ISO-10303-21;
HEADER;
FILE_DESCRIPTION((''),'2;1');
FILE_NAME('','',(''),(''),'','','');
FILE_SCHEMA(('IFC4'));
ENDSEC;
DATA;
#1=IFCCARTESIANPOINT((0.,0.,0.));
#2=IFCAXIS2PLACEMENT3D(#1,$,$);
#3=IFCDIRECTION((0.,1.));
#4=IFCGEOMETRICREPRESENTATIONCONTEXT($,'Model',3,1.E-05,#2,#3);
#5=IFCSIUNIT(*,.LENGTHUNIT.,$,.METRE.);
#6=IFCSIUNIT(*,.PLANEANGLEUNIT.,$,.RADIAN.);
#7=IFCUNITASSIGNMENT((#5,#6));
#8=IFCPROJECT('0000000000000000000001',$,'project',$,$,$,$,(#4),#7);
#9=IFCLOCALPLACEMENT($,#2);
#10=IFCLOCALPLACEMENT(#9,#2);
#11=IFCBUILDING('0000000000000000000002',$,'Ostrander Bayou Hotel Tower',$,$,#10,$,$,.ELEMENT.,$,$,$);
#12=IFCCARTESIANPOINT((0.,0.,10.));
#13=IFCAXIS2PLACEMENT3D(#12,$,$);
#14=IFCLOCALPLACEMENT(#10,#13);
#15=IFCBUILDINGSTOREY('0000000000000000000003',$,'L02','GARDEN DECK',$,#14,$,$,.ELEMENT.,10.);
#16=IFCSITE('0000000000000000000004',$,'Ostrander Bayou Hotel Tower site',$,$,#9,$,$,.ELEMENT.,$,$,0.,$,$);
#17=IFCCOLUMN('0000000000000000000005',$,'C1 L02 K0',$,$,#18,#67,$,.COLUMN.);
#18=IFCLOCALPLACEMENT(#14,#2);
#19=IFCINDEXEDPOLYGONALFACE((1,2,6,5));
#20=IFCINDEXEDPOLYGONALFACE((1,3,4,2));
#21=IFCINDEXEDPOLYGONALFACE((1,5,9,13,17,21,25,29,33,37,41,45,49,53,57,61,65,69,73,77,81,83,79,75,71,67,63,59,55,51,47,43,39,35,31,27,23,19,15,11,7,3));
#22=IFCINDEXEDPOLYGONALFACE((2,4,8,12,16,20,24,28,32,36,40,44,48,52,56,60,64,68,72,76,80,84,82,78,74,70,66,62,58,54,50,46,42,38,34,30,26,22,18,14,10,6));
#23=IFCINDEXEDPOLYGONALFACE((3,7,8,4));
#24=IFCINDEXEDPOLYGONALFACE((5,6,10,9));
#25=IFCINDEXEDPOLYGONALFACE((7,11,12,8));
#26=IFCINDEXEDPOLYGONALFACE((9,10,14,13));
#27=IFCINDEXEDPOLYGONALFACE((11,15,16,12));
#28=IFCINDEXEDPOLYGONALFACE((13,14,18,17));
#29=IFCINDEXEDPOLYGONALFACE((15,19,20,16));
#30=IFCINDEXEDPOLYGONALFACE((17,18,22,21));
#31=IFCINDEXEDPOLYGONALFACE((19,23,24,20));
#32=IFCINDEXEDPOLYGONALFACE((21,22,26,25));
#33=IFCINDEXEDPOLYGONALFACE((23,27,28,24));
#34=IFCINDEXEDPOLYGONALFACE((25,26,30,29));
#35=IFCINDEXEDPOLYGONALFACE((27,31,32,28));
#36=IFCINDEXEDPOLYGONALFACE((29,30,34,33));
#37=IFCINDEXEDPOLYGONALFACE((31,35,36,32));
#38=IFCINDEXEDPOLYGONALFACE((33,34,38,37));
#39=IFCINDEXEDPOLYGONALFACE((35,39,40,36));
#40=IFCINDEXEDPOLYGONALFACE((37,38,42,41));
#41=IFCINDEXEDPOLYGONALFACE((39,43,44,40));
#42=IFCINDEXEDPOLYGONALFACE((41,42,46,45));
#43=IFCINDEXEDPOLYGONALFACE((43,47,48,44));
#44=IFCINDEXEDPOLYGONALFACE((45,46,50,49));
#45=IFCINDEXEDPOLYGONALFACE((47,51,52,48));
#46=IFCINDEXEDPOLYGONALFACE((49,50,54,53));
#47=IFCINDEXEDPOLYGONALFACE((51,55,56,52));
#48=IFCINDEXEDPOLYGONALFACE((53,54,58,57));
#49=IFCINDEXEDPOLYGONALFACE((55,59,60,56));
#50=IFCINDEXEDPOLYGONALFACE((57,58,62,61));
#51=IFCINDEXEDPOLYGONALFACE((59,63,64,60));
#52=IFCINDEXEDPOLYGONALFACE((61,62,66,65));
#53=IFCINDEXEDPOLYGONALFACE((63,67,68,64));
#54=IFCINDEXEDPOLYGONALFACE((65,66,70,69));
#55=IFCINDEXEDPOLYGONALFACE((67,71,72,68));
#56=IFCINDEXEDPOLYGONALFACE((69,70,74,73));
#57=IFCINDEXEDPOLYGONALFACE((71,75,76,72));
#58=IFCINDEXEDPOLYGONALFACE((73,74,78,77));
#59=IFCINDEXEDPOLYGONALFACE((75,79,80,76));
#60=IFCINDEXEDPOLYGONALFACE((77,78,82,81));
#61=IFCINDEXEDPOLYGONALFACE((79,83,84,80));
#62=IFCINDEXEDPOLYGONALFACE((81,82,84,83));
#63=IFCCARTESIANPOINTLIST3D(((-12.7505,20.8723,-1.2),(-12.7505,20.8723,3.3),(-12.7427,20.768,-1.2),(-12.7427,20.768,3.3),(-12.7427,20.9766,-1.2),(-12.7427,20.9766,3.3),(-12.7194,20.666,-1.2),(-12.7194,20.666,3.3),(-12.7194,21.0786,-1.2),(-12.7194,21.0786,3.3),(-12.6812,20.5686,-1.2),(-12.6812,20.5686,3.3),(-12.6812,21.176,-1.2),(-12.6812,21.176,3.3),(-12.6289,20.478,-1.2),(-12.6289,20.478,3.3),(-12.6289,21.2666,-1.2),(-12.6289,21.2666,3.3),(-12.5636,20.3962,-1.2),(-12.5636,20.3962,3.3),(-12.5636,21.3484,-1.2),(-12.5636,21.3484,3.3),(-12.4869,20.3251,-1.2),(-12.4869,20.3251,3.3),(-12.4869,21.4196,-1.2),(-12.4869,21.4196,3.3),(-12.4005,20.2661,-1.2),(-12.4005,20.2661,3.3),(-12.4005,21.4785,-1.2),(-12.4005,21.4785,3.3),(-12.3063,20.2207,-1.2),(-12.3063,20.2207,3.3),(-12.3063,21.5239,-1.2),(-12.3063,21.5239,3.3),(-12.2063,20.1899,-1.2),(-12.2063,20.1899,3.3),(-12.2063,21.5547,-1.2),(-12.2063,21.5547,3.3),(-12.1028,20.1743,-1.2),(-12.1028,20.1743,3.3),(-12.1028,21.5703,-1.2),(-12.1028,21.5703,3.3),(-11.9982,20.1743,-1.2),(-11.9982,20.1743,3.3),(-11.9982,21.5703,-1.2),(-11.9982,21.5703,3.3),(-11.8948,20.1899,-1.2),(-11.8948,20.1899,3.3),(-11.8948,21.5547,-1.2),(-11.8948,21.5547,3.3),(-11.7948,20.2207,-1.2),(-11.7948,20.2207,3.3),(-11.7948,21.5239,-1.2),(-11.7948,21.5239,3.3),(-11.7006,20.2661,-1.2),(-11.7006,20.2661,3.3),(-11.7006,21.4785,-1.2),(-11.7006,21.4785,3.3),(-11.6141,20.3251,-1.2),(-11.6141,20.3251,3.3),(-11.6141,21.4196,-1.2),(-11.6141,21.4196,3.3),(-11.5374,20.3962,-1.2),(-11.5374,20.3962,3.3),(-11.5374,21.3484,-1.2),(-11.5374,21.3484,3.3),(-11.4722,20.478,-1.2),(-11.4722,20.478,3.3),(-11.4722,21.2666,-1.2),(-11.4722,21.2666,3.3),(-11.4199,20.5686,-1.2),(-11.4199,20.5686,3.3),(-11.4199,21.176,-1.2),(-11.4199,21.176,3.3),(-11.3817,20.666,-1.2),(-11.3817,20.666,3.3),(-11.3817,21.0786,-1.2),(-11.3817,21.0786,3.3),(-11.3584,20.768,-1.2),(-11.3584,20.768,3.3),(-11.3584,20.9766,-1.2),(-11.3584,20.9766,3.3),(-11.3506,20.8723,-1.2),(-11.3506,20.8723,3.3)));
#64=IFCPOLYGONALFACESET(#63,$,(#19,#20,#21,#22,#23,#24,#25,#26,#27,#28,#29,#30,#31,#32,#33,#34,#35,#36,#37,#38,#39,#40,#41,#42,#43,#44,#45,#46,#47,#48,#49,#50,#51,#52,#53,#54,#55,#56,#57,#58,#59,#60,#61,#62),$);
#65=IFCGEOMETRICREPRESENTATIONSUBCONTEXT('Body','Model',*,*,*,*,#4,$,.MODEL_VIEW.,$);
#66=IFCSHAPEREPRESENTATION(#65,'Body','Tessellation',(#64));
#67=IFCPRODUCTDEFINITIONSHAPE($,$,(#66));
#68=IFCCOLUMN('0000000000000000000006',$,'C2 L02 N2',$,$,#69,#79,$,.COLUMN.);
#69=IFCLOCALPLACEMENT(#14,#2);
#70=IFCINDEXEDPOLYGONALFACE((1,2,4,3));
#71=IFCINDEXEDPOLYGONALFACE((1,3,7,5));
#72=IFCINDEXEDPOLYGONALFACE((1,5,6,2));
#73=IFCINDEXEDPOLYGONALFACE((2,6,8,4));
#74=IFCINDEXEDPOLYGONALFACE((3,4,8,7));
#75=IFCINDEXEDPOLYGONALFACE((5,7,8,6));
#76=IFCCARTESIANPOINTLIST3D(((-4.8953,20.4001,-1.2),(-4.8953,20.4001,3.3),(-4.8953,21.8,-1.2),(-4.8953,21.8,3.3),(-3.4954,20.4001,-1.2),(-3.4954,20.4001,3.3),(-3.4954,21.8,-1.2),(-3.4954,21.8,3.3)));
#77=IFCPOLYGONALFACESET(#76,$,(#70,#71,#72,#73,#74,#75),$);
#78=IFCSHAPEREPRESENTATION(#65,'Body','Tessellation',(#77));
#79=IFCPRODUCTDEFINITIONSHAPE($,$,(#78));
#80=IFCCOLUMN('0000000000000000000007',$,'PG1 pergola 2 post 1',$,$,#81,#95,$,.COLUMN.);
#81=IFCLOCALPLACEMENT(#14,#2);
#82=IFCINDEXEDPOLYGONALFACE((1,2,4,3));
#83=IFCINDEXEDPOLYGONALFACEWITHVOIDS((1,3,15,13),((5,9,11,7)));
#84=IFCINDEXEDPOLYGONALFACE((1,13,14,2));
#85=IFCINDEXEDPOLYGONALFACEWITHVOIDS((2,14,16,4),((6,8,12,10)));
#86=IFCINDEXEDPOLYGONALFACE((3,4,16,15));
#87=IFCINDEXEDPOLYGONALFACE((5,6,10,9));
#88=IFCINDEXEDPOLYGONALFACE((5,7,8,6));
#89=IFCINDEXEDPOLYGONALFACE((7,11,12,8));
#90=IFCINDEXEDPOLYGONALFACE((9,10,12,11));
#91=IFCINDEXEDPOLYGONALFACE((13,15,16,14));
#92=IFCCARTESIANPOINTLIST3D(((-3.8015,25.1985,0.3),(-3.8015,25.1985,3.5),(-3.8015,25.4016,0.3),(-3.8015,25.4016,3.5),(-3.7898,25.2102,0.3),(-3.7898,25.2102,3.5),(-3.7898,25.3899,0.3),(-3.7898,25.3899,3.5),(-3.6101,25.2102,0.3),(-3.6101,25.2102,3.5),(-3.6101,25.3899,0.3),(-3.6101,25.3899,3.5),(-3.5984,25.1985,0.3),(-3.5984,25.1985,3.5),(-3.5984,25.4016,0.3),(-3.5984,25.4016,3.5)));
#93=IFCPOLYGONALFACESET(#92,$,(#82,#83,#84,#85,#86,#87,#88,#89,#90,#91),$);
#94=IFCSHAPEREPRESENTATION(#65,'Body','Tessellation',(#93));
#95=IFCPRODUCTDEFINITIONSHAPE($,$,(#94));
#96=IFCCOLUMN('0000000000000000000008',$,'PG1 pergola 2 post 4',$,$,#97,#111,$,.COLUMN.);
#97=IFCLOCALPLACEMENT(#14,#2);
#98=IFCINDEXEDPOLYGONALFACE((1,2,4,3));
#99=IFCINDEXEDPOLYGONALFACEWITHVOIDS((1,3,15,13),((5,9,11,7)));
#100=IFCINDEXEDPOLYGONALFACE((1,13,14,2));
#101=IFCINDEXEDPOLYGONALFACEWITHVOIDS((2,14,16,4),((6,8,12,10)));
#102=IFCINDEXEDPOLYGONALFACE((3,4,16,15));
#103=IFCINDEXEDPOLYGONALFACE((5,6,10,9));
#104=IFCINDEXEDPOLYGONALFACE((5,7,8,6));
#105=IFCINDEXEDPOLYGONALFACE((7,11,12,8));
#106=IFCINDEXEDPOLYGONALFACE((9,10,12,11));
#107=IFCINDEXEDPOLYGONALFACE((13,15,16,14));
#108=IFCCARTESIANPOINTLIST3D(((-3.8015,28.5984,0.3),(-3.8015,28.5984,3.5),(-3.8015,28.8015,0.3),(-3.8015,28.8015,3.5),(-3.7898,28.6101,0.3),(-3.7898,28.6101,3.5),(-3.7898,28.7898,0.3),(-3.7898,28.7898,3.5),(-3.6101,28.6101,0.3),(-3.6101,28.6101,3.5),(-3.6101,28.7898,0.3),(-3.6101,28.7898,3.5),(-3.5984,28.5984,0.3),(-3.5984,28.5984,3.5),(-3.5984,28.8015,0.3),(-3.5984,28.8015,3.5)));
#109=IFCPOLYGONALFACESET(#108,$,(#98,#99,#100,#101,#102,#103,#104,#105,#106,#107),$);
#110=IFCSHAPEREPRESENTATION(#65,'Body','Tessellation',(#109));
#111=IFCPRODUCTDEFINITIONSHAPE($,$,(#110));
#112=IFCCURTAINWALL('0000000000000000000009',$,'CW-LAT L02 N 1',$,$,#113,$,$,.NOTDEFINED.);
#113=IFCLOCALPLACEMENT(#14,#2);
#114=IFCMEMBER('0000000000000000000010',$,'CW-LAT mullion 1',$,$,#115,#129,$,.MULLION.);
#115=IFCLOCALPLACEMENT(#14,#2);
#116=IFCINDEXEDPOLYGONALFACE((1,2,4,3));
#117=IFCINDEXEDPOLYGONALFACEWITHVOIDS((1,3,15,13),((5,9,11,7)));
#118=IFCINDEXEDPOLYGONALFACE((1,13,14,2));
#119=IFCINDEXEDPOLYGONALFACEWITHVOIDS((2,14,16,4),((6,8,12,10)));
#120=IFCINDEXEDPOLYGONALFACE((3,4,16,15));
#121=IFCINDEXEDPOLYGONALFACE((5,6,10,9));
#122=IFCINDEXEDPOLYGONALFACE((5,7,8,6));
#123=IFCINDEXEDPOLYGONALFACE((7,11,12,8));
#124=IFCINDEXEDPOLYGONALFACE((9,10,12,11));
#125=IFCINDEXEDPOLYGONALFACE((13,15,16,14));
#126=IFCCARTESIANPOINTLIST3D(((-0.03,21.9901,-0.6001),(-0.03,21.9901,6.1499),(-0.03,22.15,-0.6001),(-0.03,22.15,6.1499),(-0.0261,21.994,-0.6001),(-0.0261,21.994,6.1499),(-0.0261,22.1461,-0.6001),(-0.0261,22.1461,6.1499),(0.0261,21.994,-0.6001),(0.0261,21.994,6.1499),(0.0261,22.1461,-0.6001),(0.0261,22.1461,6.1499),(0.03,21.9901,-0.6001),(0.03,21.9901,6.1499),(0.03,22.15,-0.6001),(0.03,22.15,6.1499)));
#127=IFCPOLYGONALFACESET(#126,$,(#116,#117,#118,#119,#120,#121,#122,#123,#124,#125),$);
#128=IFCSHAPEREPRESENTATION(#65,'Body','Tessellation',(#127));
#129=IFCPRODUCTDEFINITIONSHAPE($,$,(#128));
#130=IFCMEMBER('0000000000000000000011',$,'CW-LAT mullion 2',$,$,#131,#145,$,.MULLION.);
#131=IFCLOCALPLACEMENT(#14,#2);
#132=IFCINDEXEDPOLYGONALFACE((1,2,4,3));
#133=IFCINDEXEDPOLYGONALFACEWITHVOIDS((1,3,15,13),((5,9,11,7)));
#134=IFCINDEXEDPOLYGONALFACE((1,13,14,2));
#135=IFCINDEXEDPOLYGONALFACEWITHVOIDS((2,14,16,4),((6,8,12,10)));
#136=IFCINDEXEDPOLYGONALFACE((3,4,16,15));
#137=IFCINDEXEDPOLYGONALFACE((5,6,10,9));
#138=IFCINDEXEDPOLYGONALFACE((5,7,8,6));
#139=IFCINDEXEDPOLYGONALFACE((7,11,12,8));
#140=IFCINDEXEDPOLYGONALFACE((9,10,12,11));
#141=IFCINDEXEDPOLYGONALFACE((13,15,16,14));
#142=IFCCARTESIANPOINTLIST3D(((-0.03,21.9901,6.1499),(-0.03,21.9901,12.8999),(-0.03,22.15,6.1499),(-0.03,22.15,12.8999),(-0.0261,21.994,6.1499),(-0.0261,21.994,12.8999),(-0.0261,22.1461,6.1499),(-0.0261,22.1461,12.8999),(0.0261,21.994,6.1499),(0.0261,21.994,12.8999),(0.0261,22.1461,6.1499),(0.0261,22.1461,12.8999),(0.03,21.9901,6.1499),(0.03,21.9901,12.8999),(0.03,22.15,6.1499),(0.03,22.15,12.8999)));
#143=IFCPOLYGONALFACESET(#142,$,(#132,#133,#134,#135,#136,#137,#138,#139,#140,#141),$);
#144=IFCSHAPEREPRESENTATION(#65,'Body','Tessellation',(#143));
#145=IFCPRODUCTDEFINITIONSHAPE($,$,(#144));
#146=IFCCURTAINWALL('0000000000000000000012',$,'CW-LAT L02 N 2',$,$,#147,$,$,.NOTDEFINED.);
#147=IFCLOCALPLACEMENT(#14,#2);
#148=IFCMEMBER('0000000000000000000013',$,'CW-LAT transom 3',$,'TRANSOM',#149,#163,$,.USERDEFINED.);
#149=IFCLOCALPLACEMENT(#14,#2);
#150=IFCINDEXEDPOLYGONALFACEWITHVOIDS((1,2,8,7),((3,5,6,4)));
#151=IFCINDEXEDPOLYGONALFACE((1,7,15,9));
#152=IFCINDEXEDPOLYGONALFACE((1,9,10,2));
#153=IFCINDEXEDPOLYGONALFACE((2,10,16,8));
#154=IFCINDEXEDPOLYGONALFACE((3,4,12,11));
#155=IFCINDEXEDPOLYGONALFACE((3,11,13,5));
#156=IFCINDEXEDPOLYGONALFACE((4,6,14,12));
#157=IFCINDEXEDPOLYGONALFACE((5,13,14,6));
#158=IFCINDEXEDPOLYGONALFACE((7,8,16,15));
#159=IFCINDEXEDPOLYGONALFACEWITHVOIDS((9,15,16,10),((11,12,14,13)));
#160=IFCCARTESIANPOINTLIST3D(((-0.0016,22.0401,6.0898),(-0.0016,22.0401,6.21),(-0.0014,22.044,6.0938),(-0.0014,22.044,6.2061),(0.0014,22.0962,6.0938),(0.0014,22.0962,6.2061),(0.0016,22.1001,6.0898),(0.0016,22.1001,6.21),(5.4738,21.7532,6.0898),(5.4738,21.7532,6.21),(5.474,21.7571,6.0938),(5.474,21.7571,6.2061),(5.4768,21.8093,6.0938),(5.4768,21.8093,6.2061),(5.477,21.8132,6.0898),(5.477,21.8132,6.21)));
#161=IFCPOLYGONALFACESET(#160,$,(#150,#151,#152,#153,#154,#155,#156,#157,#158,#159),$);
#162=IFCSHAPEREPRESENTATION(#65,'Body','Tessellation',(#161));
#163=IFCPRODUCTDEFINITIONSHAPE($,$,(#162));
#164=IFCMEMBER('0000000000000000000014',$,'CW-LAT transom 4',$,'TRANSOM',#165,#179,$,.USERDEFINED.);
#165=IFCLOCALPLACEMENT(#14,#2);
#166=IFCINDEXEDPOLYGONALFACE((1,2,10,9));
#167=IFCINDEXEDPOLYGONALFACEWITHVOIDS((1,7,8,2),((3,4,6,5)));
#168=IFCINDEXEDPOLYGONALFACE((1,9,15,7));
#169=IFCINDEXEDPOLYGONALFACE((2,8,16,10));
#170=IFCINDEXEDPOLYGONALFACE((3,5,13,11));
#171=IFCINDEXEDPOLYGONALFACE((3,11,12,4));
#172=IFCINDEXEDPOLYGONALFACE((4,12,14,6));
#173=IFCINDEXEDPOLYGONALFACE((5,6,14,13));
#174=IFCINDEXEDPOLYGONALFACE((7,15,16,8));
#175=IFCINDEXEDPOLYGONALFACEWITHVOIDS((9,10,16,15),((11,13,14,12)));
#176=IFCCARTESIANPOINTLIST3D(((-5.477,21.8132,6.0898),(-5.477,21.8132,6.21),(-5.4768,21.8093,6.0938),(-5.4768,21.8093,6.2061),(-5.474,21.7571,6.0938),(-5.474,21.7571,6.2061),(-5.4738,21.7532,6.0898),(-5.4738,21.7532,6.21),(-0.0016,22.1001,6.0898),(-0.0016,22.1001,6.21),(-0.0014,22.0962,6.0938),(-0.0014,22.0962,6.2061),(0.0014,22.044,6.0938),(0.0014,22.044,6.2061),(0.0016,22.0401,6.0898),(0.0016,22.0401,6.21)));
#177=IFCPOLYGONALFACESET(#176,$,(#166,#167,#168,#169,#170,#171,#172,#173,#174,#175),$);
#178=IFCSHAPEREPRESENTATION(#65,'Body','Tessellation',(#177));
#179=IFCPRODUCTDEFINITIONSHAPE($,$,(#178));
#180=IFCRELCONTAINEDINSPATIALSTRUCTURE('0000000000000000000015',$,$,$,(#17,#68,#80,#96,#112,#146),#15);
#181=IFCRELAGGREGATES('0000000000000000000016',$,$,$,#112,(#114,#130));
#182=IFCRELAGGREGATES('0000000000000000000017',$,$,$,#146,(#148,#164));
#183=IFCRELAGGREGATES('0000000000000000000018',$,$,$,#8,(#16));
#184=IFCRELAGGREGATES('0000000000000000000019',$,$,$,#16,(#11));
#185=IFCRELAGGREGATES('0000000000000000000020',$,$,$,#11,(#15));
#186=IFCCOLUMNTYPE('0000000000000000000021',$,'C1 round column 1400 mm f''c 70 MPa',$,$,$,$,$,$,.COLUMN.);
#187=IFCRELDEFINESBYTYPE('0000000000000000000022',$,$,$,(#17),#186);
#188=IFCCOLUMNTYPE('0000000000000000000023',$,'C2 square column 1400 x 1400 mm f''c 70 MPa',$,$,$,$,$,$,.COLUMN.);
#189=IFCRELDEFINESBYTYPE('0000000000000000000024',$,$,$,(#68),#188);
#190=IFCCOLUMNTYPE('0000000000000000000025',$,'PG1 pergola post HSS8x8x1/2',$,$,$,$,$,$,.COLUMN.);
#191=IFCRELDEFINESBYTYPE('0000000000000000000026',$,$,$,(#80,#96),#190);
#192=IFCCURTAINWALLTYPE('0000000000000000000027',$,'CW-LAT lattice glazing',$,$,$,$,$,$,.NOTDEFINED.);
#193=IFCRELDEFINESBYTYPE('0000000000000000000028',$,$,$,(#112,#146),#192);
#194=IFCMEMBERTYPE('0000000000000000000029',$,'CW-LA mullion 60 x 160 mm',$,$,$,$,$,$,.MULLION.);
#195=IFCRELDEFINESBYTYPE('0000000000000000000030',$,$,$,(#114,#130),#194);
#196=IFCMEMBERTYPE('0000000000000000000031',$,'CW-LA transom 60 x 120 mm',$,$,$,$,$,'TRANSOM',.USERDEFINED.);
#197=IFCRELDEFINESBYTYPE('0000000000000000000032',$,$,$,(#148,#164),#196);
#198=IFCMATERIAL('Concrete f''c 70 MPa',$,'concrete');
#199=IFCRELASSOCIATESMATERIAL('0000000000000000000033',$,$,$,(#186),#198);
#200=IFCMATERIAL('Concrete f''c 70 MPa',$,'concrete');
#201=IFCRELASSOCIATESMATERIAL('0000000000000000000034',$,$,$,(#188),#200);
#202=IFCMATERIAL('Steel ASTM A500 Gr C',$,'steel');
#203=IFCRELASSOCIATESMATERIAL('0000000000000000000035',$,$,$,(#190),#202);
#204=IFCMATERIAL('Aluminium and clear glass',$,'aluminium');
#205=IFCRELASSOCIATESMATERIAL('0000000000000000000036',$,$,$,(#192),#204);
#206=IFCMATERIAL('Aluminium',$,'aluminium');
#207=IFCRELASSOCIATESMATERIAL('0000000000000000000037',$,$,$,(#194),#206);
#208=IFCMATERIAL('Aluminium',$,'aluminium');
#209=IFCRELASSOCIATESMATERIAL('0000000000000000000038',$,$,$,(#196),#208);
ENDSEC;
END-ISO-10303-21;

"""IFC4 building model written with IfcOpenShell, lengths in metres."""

from ifc_helpers import new_model, si_unit, direction, frame, origin, origin_2d, place, context, subcontext, project, spatial, rectangle, hollow_rectangle, circle, extrude, material, material_profile, profile_set, type_object, element, aggregate, save


model = new_model("IFC4")

# Units and contexts
model_context = context("Model", 3, precision=1e-05, world=origin(), true_north=direction((0.0, 1.0)))
body_context = subcontext(model_context, "Body", "Model", "MODEL_VIEW")
ifc_project = project(units=[si_unit("LENGTHUNIT", "METRE"), si_unit("PLANEANGLEUNIT", "RADIAN")], contexts=[model_context])

# Site, building, storey
site_placement = place(None, origin())
site = spatial("IfcSite", under=ifc_project, at=site_placement, Name="Ostrander Bayou Hotel Tower site", CompositionType="ELEMENT", RefElevation=0.0)
building_placement = place(site_placement, origin())
building = spatial("IfcBuilding", under=site, at=building_placement, Name="Ostrander Bayou Hotel Tower", CompositionType="ELEMENT")
storey_placement = place(building_placement, frame((0.0, 0.0, 10.0)))
storey = spatial("IfcBuildingStorey", under=building, at=storey_placement, Name="L02", Description="GARDEN DECK", CompositionType="ELEMENT", Elevation=10.0)

# Columns
ifc_material_1 = material(Name="Concrete f'c 70 MPa", Category="concrete")
ifc_material_profile_1 = material_profile(ifc_material_1, circle(Radius=0.7, at=origin_2d()))
ifc_profile_set_1 = profile_set([ifc_material_profile_1], Name="Concrete f'c 70 MPa")
column_type_1 = type_object("IfcColumnType", Name="C1 round column 1400 mm f'c 70 MPa", PredefinedType="COLUMN", material=ifc_profile_set_1)
column_1_placement = place(storey_placement, frame((-12.0505, 20.8723, -1.2), z_axis=(0.0, 0.0, 1.0), x_axis=(1.0, 0.0, 0.0)))
element("IfcColumn", 1, at=column_1_placement, inside=storey, type_object=column_type_1, Name="C1 L02 K0", PredefinedType="COLUMN", context=body_context, shape_type="SweptSolid", body=[
    extrude(circle(Radius=0.7, at=origin_2d()), origin(), (0.0, 0.0, 1.0), 4.5),
])
ifc_material_2 = material(Name="Concrete f'c 70 MPa", Category="concrete")
ifc_material_profile_2 = material_profile(ifc_material_2, rectangle(XDim=1.3999, YDim=1.3999, at=origin_2d()))
ifc_profile_set_2 = profile_set([ifc_material_profile_2], Name="Concrete f'c 70 MPa")
column_type_2 = type_object("IfcColumnType", Name="C2 square column 1400 x 1400 mm f'c 70 MPa", PredefinedType="COLUMN", material=ifc_profile_set_2)
column_2_placement = place(storey_placement, frame((-4.1953, 21.1001, -1.2), z_axis=(0.0, 0.0, 1.0), x_axis=(1.0, 0.0, 0.0)))
element("IfcColumn", 2, at=column_2_placement, inside=storey, type_object=column_type_2, Name="C2 L02 N2", PredefinedType="COLUMN", context=body_context, shape_type="SweptSolid", body=[
    extrude(rectangle(XDim=1.3999, YDim=1.3999, at=origin_2d()), origin(), (0.0, 0.0, 1.0), 4.5),
])
ifc_material_3 = material(Name="Steel ASTM A500 Gr C", Category="steel")
ifc_material_profile_3 = material_profile(ifc_material_3, hollow_rectangle(XDim=0.2031, YDim=0.2031, WallThickness=0.0117, at=origin_2d()))
ifc_profile_set_3 = profile_set([ifc_material_profile_3], Name="Steel ASTM A500 Gr C")
column_type_3 = type_object("IfcColumnType", Name="PG1 pergola post HSS8x8x1/2", PredefinedType="COLUMN", material=ifc_profile_set_3)
for number, where, z_axis, x_axis, name in (
    (3, (-3.7, 25.3, 0.3), (0.0, 0.0, 1.0), (1.0, 0.0, 0.0), "PG1 pergola 2 post 1"),
    (4, (-3.7, 28.7, 0.3), (0.0, 0.0, 1.0), (1.0, 0.0, 0.0), "PG1 pergola 2 post 4"),
):
    element("IfcColumn", number, at=place(storey_placement, frame(where, z_axis=z_axis, x_axis=x_axis)), inside=storey, type_object=column_type_3, Name=name, PredefinedType="COLUMN", context=body_context, shape_type="SweptSolid", body=[
        extrude(hollow_rectangle(XDim=0.2031, YDim=0.2031, WallThickness=0.0117, at=origin_2d()), origin(), (0.0, 0.0, 1.0), 3.2),
    ])

# Curtain walls, members
ifc_material_4 = material(Name="Aluminium and clear glass", Category="aluminium")
curtain_wall_type = type_object("IfcCurtainWallType", Name="CW-LAT lattice glazing", PredefinedType="NOTDEFINED", material=ifc_material_4)
curtain_wall_1_placement = place(storey_placement, origin())
curtain_wall_1 = element("IfcCurtainWall", 5, at=curtain_wall_1_placement, inside=storey, type_object=curtain_wall_type, Name="CW-LAT L02 N 1", PredefinedType="NOTDEFINED")
ifc_material_5 = material(Name="Aluminium", Category="aluminium")
ifc_material_profile_4 = material_profile(ifc_material_5, hollow_rectangle(XDim=0.0601, YDim=0.1599, WallThickness=0.0039, at=origin_2d()))
ifc_profile_set_4 = profile_set([ifc_material_profile_4], Name="Aluminium")
member_type_1 = type_object("IfcMemberType", Name="CW-LA mullion 60 x 160 mm", PredefinedType="MULLION", material=ifc_profile_set_4)
member_1_placement = place(storey_placement, frame((0.0, 22.0701, -0.6001), z_axis=(0.0, 0.0, 1.0), x_axis=(1.0, 0.0, 0.0)))
member_1 = element("IfcMember", 6, at=member_1_placement, type_object=member_type_1, Name="CW-LAT mullion 1", PredefinedType="MULLION", context=body_context, shape_type="SweptSolid", body=[
    extrude(hollow_rectangle(XDim=0.0601, YDim=0.1599, WallThickness=0.0039, at=origin_2d()), origin(), (0.0, 0.0, 1.0), 6.75),
])
member_2_placement = place(storey_placement, frame((0.0, 22.0701, 6.1499), z_axis=(0.0, 0.0, 1.0), x_axis=(1.0, 0.0, 0.0)))
member_2 = element("IfcMember", 7, at=member_2_placement, type_object=member_type_1, Name="CW-LAT mullion 2", PredefinedType="MULLION", context=body_context, shape_type="SweptSolid", body=[
    extrude(hollow_rectangle(XDim=0.0601, YDim=0.1599, WallThickness=0.0039, at=origin_2d()), origin(), (0.0, 0.0, 1.0), 6.75),
])
aggregate(curtain_wall_1, [member_1, member_2])
curtain_wall_2_placement = place(storey_placement, origin())
curtain_wall_2 = element("IfcCurtainWall", 8, at=curtain_wall_2_placement, inside=storey, type_object=curtain_wall_type, Name="CW-LAT L02 N 2", PredefinedType="NOTDEFINED")
ifc_material_6 = material(Name="Aluminium", Category="aluminium")
ifc_material_profile_5 = material_profile(ifc_material_6, hollow_rectangle(XDim=0.0601, YDim=0.1201, WallThickness=0.0039, at=origin_2d()))
ifc_profile_set_5 = profile_set([ifc_material_profile_5], Name="Aluminium")
member_type_2 = type_object("IfcMemberType", Name="CW-LA transom 60 x 120 mm", ElementType="TRANSOM", PredefinedType="USERDEFINED", material=ifc_profile_set_5)
member_3_placement = place(storey_placement, frame((0.0, 22.0701, 6.1499), z_axis=(0.99863, -0.05232, 0.0), x_axis=(0.05232, 0.99863, 0.0)))
member_3 = element("IfcMember", 9, at=member_3_placement, type_object=member_type_2, Name="CW-LAT transom 3", ObjectType="TRANSOM", PredefinedType="USERDEFINED", context=body_context, shape_type="SweptSolid", body=[
    extrude(hollow_rectangle(XDim=0.0601, YDim=0.1201, WallThickness=0.0039, at=origin_2d()), origin(), (0.0, 0.0, 1.0), 5.4829),
])
member_4_placement = place(storey_placement, frame((0.0, 22.0701, 6.1499), z_axis=(-0.99863, -0.05232, 0.0), x_axis=(0.05232, -0.99863, 0.0)))
member_4 = element("IfcMember", 10, at=member_4_placement, type_object=member_type_2, Name="CW-LAT transom 4", ObjectType="TRANSOM", PredefinedType="USERDEFINED", context=body_context, shape_type="SweptSolid", body=[
    extrude(hollow_rectangle(XDim=0.0601, YDim=0.1201, WallThickness=0.0039, at=origin_2d()), origin(), (0.0, 0.0, 1.0), 5.4829),
])
aggregate(curtain_wall_2, [member_3, member_4])

save(model, "model.ifc")
